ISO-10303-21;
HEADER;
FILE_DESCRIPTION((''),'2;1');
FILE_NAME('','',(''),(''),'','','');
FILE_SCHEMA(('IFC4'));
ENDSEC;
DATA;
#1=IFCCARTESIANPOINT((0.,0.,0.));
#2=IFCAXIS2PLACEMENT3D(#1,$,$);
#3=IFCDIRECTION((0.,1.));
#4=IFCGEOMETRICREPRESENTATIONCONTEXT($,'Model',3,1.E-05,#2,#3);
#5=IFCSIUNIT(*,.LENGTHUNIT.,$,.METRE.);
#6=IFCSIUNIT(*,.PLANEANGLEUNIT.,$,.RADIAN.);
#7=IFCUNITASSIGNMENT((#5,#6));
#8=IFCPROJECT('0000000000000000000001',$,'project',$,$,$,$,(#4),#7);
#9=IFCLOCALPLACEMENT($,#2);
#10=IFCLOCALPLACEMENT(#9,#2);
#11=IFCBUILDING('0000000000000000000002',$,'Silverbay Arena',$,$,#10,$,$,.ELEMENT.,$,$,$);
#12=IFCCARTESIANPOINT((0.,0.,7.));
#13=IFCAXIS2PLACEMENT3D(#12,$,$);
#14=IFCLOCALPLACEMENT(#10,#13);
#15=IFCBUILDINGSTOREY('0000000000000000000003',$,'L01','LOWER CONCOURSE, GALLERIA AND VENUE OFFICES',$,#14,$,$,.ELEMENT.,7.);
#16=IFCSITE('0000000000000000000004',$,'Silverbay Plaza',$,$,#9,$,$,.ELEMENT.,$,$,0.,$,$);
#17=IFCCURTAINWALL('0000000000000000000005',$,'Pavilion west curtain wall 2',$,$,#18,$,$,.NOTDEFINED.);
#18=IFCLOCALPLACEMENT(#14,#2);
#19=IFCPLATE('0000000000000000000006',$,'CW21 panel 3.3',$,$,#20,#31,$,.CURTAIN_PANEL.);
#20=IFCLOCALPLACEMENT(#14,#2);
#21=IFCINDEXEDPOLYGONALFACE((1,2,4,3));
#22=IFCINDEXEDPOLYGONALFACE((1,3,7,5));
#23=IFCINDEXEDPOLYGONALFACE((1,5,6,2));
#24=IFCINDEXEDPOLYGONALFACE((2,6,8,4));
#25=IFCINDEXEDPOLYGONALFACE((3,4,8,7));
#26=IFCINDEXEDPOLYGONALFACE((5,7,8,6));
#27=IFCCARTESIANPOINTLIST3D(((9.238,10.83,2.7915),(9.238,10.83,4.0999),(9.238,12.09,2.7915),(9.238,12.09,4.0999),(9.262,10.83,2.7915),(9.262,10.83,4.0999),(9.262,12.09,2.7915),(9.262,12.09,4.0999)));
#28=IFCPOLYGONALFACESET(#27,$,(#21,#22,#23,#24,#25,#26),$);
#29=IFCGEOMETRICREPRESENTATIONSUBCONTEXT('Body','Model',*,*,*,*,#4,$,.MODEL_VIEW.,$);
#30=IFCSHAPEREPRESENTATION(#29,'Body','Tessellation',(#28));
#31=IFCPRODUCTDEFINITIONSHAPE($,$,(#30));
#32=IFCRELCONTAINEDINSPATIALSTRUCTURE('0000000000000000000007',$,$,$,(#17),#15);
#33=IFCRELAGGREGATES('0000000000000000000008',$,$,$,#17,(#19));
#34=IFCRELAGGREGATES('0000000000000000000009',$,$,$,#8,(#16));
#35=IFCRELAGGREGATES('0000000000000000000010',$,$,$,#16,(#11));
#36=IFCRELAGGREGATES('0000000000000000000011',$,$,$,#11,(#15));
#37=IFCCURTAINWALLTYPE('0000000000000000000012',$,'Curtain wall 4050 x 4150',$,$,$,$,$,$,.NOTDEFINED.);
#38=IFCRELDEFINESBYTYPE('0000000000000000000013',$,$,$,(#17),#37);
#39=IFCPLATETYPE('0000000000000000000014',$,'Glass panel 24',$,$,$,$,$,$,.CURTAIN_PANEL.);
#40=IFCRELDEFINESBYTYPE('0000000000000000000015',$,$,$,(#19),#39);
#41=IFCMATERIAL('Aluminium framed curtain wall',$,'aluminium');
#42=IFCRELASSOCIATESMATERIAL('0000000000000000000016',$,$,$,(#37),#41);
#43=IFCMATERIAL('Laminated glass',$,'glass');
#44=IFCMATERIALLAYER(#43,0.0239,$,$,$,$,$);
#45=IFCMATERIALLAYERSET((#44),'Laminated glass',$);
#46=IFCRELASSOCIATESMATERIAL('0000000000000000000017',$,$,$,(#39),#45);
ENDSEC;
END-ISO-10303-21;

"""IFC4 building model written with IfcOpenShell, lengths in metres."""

from ifc_helpers import new_model, si_unit, direction, frame, origin, origin_2d, place, context, subcontext, project, spatial, rectangle, extrude, material, layer, layer_set, type_object, element, aggregate, save


model = new_model("IFC4")

# Units and contexts
model_context = context("Model", 3, precision=1e-05, world=origin(), true_north=direction((0.0, 1.0)))
body_context = subcontext(model_context, "Body", "Model", "MODEL_VIEW")
ifc_project = project(units=[si_unit("LENGTHUNIT", "METRE"), si_unit("PLANEANGLEUNIT", "RADIAN")], contexts=[model_context])

# Site, building, storey
site_placement = place(None, origin())
site = spatial("IfcSite", under=ifc_project, at=site_placement, Name="Silverbay Plaza", CompositionType="ELEMENT", RefElevation=0.0)
building_placement = place(site_placement, origin())
building = spatial("IfcBuilding", under=site, at=building_placement, Name="Silverbay Arena", CompositionType="ELEMENT")
storey_placement = place(building_placement, frame((0.0, 0.0, 7.0)))
storey = spatial("IfcBuildingStorey", under=building, at=storey_placement, Name="L01", Description="LOWER CONCOURSE, GALLERIA AND VENUE OFFICES", CompositionType="ELEMENT", Elevation=7.0)

# Shared definitions
ifc_material_1 = material(Name="Aluminium framed curtain wall", Category="aluminium")
curtain_wall_type = type_object("IfcCurtainWallType", Name="Curtain wall 4050 x 4150", PredefinedType="NOTDEFINED", material=ifc_material_1)

# Curtain wall
curtain_wall_1_placement = place(storey_placement, origin())
curtain_wall_1 = element("IfcCurtainWall", 1, at=curtain_wall_1_placement, inside=storey, type_object=curtain_wall_type, Name="Pavilion west curtain wall 2", PredefinedType="NOTDEFINED")

# Plate
ifc_material_2 = material(Name="Laminated glass", Category="glass")
ifc_layer = layer(ifc_material_2, 0.0239)
ifc_layer_set = layer_set([ifc_layer], Name="Laminated glass")
plate_type = type_object("IfcPlateType", Name="Glass panel 24", PredefinedType="CURTAIN_PANEL", material=ifc_layer_set)
plate_1_placement = place(storey_placement, frame((9.25, 11.46, 2.7915), z_axis=(0.0, 0.0, 1.0), x_axis=(0.0, 1.0, 0.0)))
plate_1 = element("IfcPlate", 2, at=plate_1_placement, type_object=plate_type, Name="CW21 panel 3.3", PredefinedType="CURTAIN_PANEL", context=body_context, shape_type="SweptSolid", body=[
    extrude(rectangle(XDim=1.26, YDim=0.0239, at=origin_2d()), origin(), (0.0, 0.0, 1.0), 1.3083),
])
aggregate(curtain_wall_1, [plate_1])

save(model, "model.ifc")
